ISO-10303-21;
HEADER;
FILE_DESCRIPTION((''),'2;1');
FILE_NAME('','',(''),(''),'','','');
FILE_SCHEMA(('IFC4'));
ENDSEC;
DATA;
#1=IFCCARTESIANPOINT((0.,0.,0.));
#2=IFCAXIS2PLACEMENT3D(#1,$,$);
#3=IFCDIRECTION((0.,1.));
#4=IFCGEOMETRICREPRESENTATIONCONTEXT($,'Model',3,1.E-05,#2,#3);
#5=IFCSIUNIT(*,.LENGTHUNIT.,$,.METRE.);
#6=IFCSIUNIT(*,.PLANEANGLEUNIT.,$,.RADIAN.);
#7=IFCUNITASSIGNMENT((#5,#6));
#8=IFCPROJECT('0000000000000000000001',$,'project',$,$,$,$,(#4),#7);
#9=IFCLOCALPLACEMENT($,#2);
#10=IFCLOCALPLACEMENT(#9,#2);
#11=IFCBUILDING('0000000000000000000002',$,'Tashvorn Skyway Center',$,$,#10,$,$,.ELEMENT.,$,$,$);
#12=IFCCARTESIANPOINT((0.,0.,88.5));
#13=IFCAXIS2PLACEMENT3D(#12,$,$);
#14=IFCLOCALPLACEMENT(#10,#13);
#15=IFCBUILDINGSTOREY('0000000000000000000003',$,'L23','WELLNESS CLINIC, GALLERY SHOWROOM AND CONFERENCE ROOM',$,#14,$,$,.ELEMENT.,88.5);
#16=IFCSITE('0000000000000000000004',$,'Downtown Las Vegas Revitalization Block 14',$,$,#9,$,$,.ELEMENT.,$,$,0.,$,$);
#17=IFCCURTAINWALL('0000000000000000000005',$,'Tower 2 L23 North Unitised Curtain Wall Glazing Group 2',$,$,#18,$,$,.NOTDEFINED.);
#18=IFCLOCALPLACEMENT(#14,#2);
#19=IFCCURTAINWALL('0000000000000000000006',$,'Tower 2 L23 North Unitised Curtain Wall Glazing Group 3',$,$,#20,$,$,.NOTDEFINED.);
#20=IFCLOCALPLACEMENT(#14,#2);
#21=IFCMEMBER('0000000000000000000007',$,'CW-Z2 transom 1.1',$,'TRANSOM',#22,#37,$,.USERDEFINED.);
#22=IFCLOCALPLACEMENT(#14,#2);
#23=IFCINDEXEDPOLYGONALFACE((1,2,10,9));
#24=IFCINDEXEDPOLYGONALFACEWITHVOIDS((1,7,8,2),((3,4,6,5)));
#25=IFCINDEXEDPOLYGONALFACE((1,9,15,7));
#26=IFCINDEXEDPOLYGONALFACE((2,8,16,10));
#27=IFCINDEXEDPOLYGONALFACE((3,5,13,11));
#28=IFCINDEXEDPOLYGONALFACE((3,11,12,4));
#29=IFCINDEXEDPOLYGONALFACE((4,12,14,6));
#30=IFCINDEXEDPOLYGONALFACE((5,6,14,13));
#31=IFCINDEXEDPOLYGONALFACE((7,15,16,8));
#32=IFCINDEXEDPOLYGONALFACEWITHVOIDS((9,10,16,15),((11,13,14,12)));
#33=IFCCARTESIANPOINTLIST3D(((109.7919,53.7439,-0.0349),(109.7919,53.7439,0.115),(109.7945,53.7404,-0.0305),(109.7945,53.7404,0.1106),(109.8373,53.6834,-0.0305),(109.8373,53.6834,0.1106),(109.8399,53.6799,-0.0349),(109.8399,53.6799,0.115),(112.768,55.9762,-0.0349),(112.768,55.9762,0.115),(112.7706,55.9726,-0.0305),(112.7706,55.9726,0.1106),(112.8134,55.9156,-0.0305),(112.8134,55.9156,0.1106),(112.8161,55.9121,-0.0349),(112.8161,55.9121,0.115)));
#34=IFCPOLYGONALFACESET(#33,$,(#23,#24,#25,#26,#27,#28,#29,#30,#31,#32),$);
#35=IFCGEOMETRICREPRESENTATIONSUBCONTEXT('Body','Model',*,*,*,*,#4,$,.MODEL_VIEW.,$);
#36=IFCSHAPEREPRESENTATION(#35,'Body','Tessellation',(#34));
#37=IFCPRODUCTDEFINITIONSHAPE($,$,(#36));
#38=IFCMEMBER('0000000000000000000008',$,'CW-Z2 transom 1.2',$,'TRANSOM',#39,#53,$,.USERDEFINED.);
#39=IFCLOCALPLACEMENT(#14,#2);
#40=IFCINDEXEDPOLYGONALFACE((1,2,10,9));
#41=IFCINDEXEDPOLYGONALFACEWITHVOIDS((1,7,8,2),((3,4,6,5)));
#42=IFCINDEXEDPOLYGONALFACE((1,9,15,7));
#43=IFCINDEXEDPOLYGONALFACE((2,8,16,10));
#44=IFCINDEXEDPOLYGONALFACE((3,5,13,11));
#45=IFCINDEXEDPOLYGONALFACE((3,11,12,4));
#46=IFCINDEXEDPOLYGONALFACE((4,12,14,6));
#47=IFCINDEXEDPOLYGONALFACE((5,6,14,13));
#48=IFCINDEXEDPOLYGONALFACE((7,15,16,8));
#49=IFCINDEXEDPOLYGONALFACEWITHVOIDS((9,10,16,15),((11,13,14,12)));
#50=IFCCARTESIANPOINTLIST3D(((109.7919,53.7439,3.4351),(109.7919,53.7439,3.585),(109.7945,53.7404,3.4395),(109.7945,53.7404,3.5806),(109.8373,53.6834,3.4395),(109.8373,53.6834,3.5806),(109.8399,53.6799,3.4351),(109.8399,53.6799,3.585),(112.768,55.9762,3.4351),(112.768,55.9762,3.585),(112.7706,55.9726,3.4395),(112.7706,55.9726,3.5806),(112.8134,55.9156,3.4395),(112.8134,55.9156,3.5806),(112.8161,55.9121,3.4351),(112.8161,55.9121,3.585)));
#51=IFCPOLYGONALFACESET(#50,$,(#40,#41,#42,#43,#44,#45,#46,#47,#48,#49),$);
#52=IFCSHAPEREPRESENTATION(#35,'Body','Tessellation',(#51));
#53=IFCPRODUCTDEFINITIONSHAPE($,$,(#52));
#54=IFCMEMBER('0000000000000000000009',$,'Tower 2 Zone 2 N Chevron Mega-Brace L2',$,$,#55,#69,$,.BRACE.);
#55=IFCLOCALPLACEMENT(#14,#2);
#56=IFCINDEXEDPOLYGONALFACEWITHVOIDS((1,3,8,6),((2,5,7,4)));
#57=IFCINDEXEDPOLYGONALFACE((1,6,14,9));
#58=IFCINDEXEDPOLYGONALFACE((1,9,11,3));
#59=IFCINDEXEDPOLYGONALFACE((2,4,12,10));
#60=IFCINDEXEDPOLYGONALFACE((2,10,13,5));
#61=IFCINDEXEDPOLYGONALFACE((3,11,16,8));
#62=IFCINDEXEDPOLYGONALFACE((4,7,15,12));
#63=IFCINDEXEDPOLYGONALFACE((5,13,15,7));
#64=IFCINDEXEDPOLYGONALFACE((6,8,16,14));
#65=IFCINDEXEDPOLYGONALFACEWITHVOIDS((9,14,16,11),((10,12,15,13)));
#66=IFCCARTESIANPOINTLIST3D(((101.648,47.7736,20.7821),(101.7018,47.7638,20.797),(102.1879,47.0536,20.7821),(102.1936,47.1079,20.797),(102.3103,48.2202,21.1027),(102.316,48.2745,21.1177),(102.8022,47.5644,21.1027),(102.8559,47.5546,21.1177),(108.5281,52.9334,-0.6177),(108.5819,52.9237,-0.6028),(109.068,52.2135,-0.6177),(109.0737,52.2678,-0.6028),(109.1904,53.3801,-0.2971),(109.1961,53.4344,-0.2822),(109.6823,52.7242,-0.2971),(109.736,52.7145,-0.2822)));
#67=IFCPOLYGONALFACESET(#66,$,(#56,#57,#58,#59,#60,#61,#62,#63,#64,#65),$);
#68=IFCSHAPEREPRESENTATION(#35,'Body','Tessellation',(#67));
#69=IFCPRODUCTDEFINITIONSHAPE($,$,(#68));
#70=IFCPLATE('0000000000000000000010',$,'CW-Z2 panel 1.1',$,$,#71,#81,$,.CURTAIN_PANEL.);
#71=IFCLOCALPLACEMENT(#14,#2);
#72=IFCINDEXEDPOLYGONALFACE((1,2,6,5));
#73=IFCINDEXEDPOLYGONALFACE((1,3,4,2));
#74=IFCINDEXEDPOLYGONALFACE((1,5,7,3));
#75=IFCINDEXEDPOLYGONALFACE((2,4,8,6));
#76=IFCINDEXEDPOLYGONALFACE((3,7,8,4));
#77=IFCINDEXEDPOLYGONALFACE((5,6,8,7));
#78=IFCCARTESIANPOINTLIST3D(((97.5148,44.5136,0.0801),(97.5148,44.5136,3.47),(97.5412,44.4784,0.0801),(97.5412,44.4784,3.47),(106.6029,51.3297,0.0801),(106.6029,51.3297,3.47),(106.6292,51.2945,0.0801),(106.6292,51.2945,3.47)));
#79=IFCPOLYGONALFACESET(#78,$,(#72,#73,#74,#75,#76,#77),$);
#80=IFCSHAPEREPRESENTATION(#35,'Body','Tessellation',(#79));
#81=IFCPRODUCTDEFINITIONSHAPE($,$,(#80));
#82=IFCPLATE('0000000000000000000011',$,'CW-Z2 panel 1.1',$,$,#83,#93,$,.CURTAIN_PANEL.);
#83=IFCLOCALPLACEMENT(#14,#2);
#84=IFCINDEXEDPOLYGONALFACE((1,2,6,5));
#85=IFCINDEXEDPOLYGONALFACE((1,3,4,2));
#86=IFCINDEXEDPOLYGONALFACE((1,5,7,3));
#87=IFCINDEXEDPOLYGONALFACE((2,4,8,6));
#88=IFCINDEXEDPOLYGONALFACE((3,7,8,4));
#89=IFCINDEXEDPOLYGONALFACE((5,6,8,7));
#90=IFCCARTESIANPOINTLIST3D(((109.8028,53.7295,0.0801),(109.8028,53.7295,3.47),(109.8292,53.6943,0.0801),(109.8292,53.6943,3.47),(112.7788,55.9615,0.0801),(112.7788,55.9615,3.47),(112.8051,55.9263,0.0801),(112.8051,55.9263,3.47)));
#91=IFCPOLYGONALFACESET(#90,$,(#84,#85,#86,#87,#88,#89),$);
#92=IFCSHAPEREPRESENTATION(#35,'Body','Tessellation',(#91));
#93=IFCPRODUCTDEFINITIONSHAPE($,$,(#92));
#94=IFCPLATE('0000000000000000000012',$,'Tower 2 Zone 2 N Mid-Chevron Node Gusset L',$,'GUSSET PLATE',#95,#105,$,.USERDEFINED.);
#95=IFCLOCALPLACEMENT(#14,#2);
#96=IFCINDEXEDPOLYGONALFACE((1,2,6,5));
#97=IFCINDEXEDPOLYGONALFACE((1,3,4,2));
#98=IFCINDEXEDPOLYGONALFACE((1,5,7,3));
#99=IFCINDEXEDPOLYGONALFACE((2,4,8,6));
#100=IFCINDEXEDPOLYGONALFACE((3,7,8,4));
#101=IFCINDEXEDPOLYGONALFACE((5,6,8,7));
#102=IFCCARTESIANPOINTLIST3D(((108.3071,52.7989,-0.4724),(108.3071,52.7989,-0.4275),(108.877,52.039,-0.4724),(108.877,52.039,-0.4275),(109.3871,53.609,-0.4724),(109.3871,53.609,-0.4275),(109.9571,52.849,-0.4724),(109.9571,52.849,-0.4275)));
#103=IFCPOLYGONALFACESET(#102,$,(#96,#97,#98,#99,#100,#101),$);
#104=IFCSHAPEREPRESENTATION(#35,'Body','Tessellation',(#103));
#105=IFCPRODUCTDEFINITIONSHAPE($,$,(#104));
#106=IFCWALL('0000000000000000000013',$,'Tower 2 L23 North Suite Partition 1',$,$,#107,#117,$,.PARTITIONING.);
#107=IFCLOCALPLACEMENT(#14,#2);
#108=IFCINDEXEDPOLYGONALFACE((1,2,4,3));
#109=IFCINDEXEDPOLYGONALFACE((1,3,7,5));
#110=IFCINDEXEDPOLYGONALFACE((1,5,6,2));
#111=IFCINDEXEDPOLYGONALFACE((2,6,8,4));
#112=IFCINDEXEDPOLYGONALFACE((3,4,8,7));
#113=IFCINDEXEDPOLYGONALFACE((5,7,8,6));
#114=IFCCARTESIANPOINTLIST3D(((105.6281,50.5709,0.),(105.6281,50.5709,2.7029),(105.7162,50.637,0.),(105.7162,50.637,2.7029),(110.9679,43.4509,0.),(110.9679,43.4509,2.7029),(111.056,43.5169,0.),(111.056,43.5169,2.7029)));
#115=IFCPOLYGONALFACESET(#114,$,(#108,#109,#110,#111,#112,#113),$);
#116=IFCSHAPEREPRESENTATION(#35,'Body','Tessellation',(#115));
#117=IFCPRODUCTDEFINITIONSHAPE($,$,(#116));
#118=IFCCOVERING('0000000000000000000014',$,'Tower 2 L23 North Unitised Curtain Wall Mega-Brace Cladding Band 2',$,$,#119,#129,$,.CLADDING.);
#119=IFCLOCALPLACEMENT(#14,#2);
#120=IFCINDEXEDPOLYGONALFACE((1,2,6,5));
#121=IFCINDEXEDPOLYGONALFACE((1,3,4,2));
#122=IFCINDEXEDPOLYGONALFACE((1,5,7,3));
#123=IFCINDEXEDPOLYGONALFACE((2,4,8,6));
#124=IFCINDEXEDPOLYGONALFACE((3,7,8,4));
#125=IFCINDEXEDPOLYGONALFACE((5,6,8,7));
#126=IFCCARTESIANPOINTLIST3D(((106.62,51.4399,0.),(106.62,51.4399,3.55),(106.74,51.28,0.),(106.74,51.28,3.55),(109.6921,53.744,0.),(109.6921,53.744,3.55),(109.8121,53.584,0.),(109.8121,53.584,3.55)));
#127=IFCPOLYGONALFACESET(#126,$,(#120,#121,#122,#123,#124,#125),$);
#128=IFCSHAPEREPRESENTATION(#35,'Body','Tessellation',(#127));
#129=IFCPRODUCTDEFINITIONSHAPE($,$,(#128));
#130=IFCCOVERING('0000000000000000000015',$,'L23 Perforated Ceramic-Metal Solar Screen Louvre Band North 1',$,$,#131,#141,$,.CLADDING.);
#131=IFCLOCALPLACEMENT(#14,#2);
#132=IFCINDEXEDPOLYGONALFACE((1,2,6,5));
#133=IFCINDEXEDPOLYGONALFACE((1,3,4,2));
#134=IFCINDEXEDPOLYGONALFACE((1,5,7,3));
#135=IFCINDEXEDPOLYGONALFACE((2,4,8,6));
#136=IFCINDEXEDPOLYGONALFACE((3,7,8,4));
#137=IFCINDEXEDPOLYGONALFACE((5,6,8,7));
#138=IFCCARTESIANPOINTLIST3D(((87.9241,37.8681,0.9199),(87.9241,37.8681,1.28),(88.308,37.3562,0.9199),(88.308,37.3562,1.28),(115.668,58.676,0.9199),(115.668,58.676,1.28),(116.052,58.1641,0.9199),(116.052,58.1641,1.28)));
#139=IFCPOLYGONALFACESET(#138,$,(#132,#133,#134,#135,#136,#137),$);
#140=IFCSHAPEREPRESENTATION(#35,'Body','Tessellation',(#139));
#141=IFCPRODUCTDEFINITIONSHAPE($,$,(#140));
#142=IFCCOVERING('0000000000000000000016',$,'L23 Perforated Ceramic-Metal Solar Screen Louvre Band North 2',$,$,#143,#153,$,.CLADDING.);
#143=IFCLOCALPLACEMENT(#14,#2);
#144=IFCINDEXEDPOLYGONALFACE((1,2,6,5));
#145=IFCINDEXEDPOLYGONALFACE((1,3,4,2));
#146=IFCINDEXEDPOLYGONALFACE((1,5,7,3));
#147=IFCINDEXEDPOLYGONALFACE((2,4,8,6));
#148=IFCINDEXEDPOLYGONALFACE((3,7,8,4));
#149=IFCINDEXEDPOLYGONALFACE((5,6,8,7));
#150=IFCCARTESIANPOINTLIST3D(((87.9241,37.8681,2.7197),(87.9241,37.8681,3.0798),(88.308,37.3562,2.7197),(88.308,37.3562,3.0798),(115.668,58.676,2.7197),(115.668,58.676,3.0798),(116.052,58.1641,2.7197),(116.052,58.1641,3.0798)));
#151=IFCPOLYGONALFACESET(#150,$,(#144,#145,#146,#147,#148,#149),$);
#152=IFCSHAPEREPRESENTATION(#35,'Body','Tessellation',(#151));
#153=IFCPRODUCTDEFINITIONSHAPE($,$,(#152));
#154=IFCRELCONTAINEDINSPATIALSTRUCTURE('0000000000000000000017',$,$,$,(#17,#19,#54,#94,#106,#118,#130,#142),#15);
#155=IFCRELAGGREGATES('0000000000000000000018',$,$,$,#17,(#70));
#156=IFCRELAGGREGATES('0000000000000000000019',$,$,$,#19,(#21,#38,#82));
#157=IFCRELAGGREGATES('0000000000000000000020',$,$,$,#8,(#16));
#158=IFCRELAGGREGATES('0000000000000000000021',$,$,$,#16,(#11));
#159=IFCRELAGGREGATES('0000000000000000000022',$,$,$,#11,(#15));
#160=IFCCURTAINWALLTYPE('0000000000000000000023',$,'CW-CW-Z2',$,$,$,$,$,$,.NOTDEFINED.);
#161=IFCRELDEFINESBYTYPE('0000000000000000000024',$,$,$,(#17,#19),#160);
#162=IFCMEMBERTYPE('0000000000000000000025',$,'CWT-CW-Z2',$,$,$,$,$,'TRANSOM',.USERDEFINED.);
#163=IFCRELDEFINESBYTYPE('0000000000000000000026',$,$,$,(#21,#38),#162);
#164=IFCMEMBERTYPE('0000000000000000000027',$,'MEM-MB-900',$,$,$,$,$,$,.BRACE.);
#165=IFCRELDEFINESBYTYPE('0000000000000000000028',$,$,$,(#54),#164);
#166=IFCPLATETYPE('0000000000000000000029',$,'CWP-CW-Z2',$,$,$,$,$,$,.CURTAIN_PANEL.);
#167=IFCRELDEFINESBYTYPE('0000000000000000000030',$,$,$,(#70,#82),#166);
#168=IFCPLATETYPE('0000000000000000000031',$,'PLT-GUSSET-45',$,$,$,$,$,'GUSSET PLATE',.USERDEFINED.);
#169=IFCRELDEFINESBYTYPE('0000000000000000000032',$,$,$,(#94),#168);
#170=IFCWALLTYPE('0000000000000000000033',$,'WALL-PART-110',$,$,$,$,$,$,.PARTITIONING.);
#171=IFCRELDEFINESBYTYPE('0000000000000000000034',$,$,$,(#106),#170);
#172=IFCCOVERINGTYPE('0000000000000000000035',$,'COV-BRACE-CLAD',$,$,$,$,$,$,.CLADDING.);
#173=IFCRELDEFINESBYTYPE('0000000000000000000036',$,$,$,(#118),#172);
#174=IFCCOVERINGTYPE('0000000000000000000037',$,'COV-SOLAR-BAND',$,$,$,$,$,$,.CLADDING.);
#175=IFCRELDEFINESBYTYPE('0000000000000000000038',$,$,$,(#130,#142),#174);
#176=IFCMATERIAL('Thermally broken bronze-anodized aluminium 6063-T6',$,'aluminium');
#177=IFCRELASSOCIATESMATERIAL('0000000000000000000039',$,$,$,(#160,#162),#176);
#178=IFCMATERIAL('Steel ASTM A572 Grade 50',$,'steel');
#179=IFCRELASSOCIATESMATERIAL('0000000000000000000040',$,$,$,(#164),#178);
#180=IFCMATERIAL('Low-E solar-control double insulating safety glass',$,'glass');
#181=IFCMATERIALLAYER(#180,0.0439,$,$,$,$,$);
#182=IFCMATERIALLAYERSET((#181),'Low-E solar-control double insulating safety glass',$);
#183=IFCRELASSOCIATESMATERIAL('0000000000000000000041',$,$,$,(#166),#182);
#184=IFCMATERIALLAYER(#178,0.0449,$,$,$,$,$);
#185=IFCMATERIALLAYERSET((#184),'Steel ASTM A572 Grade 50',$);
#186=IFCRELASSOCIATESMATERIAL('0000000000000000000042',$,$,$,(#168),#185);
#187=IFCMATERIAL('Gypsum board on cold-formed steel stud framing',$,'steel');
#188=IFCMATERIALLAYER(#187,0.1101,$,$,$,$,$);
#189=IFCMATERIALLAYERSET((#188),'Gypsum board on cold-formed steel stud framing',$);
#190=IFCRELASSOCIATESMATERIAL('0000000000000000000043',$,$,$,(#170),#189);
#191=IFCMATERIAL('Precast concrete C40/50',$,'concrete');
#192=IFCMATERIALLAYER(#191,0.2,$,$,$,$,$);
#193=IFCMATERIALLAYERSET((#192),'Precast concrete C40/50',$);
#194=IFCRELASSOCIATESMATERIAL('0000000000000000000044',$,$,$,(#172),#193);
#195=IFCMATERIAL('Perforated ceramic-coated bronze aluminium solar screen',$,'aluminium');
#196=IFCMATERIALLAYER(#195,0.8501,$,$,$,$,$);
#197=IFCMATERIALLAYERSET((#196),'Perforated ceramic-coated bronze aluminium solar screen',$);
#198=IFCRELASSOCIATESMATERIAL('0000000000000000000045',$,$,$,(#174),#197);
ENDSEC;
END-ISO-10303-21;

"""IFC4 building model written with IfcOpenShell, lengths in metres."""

from ifc_helpers import new_model, si_unit, direction, frame, frame_2d, origin, origin_2d, place, context, subcontext, project, spatial, rectangle, hollow_rectangle, extrude, material, layer, layer_set, material_profile, profile_set, type_object, element, aggregate, save


model = new_model("IFC4")

# Units and contexts
model_context = context("Model", 3, precision=1e-05, world=origin(), true_north=direction((0.0, 1.0)))
body_context = subcontext(model_context, "Body", "Model", "MODEL_VIEW")
ifc_project = project(units=[si_unit("LENGTHUNIT", "METRE"), si_unit("PLANEANGLEUNIT", "RADIAN")], contexts=[model_context])

# Site, building, storey
site_placement = place(None, origin())
site = spatial("IfcSite", under=ifc_project, at=site_placement, Name="Downtown Las Vegas Revitalization Block 14", CompositionType="ELEMENT", RefElevation=0.0)
building_placement = place(site_placement, origin())
building = spatial("IfcBuilding", under=site, at=building_placement, Name="Tashvorn Skyway Center", CompositionType="ELEMENT")
storey_placement = place(building_placement, frame((0.0, 0.0, 88.5)))
storey = spatial("IfcBuildingStorey", under=building, at=storey_placement, Name="L23", Description="WELLNESS CLINIC, GALLERY SHOWROOM AND CONFERENCE ROOM", CompositionType="ELEMENT", Elevation=88.5)

# Shared definitions
ifc_material_1 = material(Name="Steel ASTM A572 Grade 50", Category="steel")

# Curtain wall
ifc_material_2 = material(Name="Thermally broken bronze-anodized aluminium 6063-T6", Category="aluminium")
curtain_wall_type = type_object("IfcCurtainWallType", Name="CW-CW-Z2", PredefinedType="NOTDEFINED", material=ifc_material_2)
curtain_wall_1_placement = place(storey_placement, origin())
curtain_wall_1 = element("IfcCurtainWall", 1, at=curtain_wall_1_placement, inside=storey, type_object=curtain_wall_type, Name="Tower 2 L23 North Unitised Curtain Wall Glazing Group 2", PredefinedType="NOTDEFINED")

# Curtain wall, members
curtain_wall_2_placement = place(storey_placement, origin())
curtain_wall_2 = element("IfcCurtainWall", 2, at=curtain_wall_2_placement, inside=storey, type_object=curtain_wall_type, Name="Tower 2 L23 North Unitised Curtain Wall Glazing Group 3", PredefinedType="NOTDEFINED")
ifc_material_profile_1 = material_profile(ifc_material_2, hollow_rectangle(XDim=0.0801, YDim=0.1499, WallThickness=0.0044, at=origin_2d()), Name="ALU-TRAN-80x150")
ifc_profile_set_1 = profile_set([ifc_material_profile_1], Name="Thermally broken bronze-anodized aluminium 6063-T6")
member_type_1 = type_object("IfcMemberType", Name="CWT-CW-Z2", ElementType="TRANSOM", PredefinedType="USERDEFINED", material=ifc_profile_set_1)
member_1_placement = place(storey_placement, frame((109.8159, 53.7119, 0.04), z_axis=(0.799984, 0.600021, 0.0), x_axis=(-0.600021, 0.799984, 0.0)))
member_1 = element("IfcMember", 3, at=member_1_placement, type_object=member_type_1, Name="CW-Z2 transom 1.1", ObjectType="TRANSOM", PredefinedType="USERDEFINED", context=body_context, shape_type="SweptSolid", body=[
    extrude(hollow_rectangle(XDim=0.0801, YDim=0.1499, WallThickness=0.0044, at=origin_2d()), origin(), (0.0, 0.0, 1.0), 3.7202),
])
member_2_placement = place(storey_placement, frame((109.8159, 53.7119, 3.51), z_axis=(0.799984, 0.600021, 0.0), x_axis=(-0.600021, 0.799984, 0.0)))
member_2 = element("IfcMember", 4, at=member_2_placement, type_object=member_type_1, Name="CW-Z2 transom 1.2", ObjectType="TRANSOM", PredefinedType="USERDEFINED", context=body_context, shape_type="SweptSolid", body=[
    extrude(hollow_rectangle(XDim=0.0801, YDim=0.1499, WallThickness=0.0044, at=origin_2d()), origin(), (0.0, 0.0, 1.0), 3.7202),
])

# Member
ifc_material_profile_2 = material_profile(ifc_material_1, hollow_rectangle(XDim=0.8999, YDim=0.8999, WallThickness=0.04, at=origin_2d()), Name="BOX900x900x40")
ifc_profile_set_2 = profile_set([ifc_material_profile_2], Name="Steel ASTM A572 Grade 50")
member_type_2 = type_object("IfcMemberType", Name="MEM-MB-900", PredefinedType="BRACE", material=ifc_profile_set_2)
member_3_placement = place(storey_placement, frame((109.1321, 52.824, -0.45), z_axis=(-0.298315, -0.223728, 0.927876), x_axis=(0.599986, -0.80001, 0.0)))
element("IfcMember", 5, at=member_3_placement, inside=storey, type_object=member_type_2, Name="Tower 2 Zone 2 N Chevron Mega-Brace L2", PredefinedType="BRACE", context=body_context, shape_type="SweptSolid", body=[
    extrude(hollow_rectangle(XDim=0.8999, YDim=0.8999, WallThickness=0.04, at=origin_2d()), origin(), (0.0, 0.0, 1.0), 23.0632),
])

# Plates
ifc_material_3 = material(Name="Low-E solar-control double insulating safety glass", Category="glass")
ifc_layer_1 = layer(ifc_material_3, 0.0439)
ifc_layer_set_1 = layer_set([ifc_layer_1], Name="Low-E solar-control double insulating safety glass")
plate_type_1 = type_object("IfcPlateType", Name="CWP-CW-Z2", PredefinedType="CURTAIN_PANEL", material=ifc_layer_set_1)
plate_1_placement = place(storey_placement, frame((102.072, 47.9041, 0.0801), z_axis=(0.0, 0.0, 1.0), x_axis=(0.8, 0.6, 0.0)))
plate_1 = element("IfcPlate", 6, at=plate_1_placement, type_object=plate_type_1, Name="CW-Z2 panel 1.1", PredefinedType="CURTAIN_PANEL", context=body_context, shape_type="SweptSolid", body=[
    extrude(rectangle(XDim=11.3601, YDim=0.0439, at=origin_2d()), origin(), (0.0, 0.0, 1.0), 3.3899),
])
aggregate(curtain_wall_1, [plate_1])
plate_2_placement = place(storey_placement, frame((111.304, 54.8279, 0.0801), z_axis=(0.0, 0.0, 1.0), x_axis=(0.8, 0.6, 0.0)))
plate_2 = element("IfcPlate", 7, at=plate_2_placement, type_object=plate_type_1, Name="CW-Z2 panel 1.1", PredefinedType="CURTAIN_PANEL", context=body_context, shape_type="SweptSolid", body=[
    extrude(rectangle(XDim=3.72, YDim=0.0439, at=origin_2d()), origin(), (0.0, 0.0, 1.0), 3.3899),
])
aggregate(curtain_wall_2, [member_1, member_2, plate_2])
ifc_layer_2 = layer(ifc_material_1, 0.0449)
ifc_layer_set_2 = layer_set([ifc_layer_2], Name="Steel ASTM A572 Grade 50")
plate_type_2 = type_object("IfcPlateType", Name="PLT-GUSSET-45", ElementType="GUSSET PLATE", PredefinedType="USERDEFINED", material=ifc_layer_set_2)
plate_3_placement = place(storey_placement, frame((109.1321, 52.824, -0.4724), z_axis=(0.0, 0.0, 1.0), x_axis=(-0.8, -0.6, 0.0)))
element("IfcPlate", 8, at=plate_3_placement, inside=storey, type_object=plate_type_2, Name="Tower 2 Zone 2 N Mid-Chevron Node Gusset L", ObjectType="GUSSET PLATE", PredefinedType="USERDEFINED", context=body_context, shape_type="SweptSolid", body=[
    extrude(rectangle(XDim=1.3501, YDim=0.95, at=origin_2d()), origin(), (0.0, 0.0, 1.0), 0.0449),
])

# Wall
ifc_material_4 = material(Name="Gypsum board on cold-formed steel stud framing", Category="steel")
ifc_layer_3 = layer(ifc_material_4, 0.1101)
ifc_layer_set_3 = layer_set([ifc_layer_3], Name="Gypsum board on cold-formed steel stud framing")
wall_type = type_object("IfcWallType", Name="WALL-PART-110", PredefinedType="PARTITIONING", material=ifc_layer_set_3)
wall_placement = place(storey_placement, frame((111.012, 43.4839, 0.0), z_axis=(0.0, 0.0, 1.0), x_axis=(-0.599982, 0.800013, 0.0)))
element("IfcWall", 9, at=wall_placement, inside=storey, type_object=wall_type, Name="Tower 2 L23 North Suite Partition 1", PredefinedType="PARTITIONING", context=body_context, shape_type="SweptSolid", body=[
    extrude(rectangle(XDim=8.8999, YDim=0.1101, at=frame_2d((4.45, 0.0))), origin(), (0.0, 0.0, 1.0), 2.7029),
])

# Coverings
ifc_material_5 = material(Name="Precast concrete C40/50", Category="concrete")
ifc_layer_4 = layer(ifc_material_5, 0.2)
ifc_layer_set_4 = layer_set([ifc_layer_4], Name="Precast concrete C40/50")
covering_type_1 = type_object("IfcCoveringType", Name="COV-BRACE-CLAD", PredefinedType="CLADDING", material=ifc_layer_set_4)
covering_placement = place(storey_placement, frame((108.2161, 52.512, 0.0), z_axis=(0.0, 0.0, 1.0), x_axis=(0.8, 0.6, 0.0)))
element("IfcCovering", 10, at=covering_placement, inside=storey, type_object=covering_type_1, Name="Tower 2 L23 North Unitised Curtain Wall Mega-Brace Cladding Band 2", PredefinedType="CLADDING", context=body_context, shape_type="SweptSolid", body=[
    extrude(rectangle(XDim=3.8401, YDim=0.2, at=origin_2d()), origin(), (0.0, 0.0, 1.0), 3.55),
])
ifc_material_6 = material(Name="Perforated ceramic-coated bronze aluminium solar screen", Category="aluminium")
ifc_layer_5 = layer(ifc_material_6, 0.8501)
ifc_layer_set_5 = layer_set([ifc_layer_5], Name="Perforated ceramic-coated bronze aluminium solar screen")
covering_type_2 = type_object("IfcCoveringType", Name="COV-SOLAR-BAND", PredefinedType="CLADDING", material=ifc_layer_set_5)
for number, where, z_axis, x_axis, name in (
    (11, (101.988, 48.0161, 0.9199), (0.0, 0.0, 1.0), (0.8, 0.6, 0.0), "L23 Perforated Ceramic-Metal Solar Screen Louvre Band North 1"),
    (12, (101.988, 48.0161, 2.7197), (0.0, 0.0, 1.0), (0.8, 0.6, 0.0), "L23 Perforated Ceramic-Metal Solar Screen Louvre Band North 2"),
):
    element("IfcCovering", number, at=place(storey_placement, frame(where, z_axis=z_axis, x_axis=x_axis)), inside=storey, type_object=covering_type_2, Name=name, PredefinedType="CLADDING", context=body_context, shape_type="SweptSolid", body=[
        extrude(rectangle(XDim=34.6799, YDim=0.6399, at=origin_2d()), origin(), (0.0, 0.0, 1.0), 0.3601),
    ])

save(model, "model.ifc")
